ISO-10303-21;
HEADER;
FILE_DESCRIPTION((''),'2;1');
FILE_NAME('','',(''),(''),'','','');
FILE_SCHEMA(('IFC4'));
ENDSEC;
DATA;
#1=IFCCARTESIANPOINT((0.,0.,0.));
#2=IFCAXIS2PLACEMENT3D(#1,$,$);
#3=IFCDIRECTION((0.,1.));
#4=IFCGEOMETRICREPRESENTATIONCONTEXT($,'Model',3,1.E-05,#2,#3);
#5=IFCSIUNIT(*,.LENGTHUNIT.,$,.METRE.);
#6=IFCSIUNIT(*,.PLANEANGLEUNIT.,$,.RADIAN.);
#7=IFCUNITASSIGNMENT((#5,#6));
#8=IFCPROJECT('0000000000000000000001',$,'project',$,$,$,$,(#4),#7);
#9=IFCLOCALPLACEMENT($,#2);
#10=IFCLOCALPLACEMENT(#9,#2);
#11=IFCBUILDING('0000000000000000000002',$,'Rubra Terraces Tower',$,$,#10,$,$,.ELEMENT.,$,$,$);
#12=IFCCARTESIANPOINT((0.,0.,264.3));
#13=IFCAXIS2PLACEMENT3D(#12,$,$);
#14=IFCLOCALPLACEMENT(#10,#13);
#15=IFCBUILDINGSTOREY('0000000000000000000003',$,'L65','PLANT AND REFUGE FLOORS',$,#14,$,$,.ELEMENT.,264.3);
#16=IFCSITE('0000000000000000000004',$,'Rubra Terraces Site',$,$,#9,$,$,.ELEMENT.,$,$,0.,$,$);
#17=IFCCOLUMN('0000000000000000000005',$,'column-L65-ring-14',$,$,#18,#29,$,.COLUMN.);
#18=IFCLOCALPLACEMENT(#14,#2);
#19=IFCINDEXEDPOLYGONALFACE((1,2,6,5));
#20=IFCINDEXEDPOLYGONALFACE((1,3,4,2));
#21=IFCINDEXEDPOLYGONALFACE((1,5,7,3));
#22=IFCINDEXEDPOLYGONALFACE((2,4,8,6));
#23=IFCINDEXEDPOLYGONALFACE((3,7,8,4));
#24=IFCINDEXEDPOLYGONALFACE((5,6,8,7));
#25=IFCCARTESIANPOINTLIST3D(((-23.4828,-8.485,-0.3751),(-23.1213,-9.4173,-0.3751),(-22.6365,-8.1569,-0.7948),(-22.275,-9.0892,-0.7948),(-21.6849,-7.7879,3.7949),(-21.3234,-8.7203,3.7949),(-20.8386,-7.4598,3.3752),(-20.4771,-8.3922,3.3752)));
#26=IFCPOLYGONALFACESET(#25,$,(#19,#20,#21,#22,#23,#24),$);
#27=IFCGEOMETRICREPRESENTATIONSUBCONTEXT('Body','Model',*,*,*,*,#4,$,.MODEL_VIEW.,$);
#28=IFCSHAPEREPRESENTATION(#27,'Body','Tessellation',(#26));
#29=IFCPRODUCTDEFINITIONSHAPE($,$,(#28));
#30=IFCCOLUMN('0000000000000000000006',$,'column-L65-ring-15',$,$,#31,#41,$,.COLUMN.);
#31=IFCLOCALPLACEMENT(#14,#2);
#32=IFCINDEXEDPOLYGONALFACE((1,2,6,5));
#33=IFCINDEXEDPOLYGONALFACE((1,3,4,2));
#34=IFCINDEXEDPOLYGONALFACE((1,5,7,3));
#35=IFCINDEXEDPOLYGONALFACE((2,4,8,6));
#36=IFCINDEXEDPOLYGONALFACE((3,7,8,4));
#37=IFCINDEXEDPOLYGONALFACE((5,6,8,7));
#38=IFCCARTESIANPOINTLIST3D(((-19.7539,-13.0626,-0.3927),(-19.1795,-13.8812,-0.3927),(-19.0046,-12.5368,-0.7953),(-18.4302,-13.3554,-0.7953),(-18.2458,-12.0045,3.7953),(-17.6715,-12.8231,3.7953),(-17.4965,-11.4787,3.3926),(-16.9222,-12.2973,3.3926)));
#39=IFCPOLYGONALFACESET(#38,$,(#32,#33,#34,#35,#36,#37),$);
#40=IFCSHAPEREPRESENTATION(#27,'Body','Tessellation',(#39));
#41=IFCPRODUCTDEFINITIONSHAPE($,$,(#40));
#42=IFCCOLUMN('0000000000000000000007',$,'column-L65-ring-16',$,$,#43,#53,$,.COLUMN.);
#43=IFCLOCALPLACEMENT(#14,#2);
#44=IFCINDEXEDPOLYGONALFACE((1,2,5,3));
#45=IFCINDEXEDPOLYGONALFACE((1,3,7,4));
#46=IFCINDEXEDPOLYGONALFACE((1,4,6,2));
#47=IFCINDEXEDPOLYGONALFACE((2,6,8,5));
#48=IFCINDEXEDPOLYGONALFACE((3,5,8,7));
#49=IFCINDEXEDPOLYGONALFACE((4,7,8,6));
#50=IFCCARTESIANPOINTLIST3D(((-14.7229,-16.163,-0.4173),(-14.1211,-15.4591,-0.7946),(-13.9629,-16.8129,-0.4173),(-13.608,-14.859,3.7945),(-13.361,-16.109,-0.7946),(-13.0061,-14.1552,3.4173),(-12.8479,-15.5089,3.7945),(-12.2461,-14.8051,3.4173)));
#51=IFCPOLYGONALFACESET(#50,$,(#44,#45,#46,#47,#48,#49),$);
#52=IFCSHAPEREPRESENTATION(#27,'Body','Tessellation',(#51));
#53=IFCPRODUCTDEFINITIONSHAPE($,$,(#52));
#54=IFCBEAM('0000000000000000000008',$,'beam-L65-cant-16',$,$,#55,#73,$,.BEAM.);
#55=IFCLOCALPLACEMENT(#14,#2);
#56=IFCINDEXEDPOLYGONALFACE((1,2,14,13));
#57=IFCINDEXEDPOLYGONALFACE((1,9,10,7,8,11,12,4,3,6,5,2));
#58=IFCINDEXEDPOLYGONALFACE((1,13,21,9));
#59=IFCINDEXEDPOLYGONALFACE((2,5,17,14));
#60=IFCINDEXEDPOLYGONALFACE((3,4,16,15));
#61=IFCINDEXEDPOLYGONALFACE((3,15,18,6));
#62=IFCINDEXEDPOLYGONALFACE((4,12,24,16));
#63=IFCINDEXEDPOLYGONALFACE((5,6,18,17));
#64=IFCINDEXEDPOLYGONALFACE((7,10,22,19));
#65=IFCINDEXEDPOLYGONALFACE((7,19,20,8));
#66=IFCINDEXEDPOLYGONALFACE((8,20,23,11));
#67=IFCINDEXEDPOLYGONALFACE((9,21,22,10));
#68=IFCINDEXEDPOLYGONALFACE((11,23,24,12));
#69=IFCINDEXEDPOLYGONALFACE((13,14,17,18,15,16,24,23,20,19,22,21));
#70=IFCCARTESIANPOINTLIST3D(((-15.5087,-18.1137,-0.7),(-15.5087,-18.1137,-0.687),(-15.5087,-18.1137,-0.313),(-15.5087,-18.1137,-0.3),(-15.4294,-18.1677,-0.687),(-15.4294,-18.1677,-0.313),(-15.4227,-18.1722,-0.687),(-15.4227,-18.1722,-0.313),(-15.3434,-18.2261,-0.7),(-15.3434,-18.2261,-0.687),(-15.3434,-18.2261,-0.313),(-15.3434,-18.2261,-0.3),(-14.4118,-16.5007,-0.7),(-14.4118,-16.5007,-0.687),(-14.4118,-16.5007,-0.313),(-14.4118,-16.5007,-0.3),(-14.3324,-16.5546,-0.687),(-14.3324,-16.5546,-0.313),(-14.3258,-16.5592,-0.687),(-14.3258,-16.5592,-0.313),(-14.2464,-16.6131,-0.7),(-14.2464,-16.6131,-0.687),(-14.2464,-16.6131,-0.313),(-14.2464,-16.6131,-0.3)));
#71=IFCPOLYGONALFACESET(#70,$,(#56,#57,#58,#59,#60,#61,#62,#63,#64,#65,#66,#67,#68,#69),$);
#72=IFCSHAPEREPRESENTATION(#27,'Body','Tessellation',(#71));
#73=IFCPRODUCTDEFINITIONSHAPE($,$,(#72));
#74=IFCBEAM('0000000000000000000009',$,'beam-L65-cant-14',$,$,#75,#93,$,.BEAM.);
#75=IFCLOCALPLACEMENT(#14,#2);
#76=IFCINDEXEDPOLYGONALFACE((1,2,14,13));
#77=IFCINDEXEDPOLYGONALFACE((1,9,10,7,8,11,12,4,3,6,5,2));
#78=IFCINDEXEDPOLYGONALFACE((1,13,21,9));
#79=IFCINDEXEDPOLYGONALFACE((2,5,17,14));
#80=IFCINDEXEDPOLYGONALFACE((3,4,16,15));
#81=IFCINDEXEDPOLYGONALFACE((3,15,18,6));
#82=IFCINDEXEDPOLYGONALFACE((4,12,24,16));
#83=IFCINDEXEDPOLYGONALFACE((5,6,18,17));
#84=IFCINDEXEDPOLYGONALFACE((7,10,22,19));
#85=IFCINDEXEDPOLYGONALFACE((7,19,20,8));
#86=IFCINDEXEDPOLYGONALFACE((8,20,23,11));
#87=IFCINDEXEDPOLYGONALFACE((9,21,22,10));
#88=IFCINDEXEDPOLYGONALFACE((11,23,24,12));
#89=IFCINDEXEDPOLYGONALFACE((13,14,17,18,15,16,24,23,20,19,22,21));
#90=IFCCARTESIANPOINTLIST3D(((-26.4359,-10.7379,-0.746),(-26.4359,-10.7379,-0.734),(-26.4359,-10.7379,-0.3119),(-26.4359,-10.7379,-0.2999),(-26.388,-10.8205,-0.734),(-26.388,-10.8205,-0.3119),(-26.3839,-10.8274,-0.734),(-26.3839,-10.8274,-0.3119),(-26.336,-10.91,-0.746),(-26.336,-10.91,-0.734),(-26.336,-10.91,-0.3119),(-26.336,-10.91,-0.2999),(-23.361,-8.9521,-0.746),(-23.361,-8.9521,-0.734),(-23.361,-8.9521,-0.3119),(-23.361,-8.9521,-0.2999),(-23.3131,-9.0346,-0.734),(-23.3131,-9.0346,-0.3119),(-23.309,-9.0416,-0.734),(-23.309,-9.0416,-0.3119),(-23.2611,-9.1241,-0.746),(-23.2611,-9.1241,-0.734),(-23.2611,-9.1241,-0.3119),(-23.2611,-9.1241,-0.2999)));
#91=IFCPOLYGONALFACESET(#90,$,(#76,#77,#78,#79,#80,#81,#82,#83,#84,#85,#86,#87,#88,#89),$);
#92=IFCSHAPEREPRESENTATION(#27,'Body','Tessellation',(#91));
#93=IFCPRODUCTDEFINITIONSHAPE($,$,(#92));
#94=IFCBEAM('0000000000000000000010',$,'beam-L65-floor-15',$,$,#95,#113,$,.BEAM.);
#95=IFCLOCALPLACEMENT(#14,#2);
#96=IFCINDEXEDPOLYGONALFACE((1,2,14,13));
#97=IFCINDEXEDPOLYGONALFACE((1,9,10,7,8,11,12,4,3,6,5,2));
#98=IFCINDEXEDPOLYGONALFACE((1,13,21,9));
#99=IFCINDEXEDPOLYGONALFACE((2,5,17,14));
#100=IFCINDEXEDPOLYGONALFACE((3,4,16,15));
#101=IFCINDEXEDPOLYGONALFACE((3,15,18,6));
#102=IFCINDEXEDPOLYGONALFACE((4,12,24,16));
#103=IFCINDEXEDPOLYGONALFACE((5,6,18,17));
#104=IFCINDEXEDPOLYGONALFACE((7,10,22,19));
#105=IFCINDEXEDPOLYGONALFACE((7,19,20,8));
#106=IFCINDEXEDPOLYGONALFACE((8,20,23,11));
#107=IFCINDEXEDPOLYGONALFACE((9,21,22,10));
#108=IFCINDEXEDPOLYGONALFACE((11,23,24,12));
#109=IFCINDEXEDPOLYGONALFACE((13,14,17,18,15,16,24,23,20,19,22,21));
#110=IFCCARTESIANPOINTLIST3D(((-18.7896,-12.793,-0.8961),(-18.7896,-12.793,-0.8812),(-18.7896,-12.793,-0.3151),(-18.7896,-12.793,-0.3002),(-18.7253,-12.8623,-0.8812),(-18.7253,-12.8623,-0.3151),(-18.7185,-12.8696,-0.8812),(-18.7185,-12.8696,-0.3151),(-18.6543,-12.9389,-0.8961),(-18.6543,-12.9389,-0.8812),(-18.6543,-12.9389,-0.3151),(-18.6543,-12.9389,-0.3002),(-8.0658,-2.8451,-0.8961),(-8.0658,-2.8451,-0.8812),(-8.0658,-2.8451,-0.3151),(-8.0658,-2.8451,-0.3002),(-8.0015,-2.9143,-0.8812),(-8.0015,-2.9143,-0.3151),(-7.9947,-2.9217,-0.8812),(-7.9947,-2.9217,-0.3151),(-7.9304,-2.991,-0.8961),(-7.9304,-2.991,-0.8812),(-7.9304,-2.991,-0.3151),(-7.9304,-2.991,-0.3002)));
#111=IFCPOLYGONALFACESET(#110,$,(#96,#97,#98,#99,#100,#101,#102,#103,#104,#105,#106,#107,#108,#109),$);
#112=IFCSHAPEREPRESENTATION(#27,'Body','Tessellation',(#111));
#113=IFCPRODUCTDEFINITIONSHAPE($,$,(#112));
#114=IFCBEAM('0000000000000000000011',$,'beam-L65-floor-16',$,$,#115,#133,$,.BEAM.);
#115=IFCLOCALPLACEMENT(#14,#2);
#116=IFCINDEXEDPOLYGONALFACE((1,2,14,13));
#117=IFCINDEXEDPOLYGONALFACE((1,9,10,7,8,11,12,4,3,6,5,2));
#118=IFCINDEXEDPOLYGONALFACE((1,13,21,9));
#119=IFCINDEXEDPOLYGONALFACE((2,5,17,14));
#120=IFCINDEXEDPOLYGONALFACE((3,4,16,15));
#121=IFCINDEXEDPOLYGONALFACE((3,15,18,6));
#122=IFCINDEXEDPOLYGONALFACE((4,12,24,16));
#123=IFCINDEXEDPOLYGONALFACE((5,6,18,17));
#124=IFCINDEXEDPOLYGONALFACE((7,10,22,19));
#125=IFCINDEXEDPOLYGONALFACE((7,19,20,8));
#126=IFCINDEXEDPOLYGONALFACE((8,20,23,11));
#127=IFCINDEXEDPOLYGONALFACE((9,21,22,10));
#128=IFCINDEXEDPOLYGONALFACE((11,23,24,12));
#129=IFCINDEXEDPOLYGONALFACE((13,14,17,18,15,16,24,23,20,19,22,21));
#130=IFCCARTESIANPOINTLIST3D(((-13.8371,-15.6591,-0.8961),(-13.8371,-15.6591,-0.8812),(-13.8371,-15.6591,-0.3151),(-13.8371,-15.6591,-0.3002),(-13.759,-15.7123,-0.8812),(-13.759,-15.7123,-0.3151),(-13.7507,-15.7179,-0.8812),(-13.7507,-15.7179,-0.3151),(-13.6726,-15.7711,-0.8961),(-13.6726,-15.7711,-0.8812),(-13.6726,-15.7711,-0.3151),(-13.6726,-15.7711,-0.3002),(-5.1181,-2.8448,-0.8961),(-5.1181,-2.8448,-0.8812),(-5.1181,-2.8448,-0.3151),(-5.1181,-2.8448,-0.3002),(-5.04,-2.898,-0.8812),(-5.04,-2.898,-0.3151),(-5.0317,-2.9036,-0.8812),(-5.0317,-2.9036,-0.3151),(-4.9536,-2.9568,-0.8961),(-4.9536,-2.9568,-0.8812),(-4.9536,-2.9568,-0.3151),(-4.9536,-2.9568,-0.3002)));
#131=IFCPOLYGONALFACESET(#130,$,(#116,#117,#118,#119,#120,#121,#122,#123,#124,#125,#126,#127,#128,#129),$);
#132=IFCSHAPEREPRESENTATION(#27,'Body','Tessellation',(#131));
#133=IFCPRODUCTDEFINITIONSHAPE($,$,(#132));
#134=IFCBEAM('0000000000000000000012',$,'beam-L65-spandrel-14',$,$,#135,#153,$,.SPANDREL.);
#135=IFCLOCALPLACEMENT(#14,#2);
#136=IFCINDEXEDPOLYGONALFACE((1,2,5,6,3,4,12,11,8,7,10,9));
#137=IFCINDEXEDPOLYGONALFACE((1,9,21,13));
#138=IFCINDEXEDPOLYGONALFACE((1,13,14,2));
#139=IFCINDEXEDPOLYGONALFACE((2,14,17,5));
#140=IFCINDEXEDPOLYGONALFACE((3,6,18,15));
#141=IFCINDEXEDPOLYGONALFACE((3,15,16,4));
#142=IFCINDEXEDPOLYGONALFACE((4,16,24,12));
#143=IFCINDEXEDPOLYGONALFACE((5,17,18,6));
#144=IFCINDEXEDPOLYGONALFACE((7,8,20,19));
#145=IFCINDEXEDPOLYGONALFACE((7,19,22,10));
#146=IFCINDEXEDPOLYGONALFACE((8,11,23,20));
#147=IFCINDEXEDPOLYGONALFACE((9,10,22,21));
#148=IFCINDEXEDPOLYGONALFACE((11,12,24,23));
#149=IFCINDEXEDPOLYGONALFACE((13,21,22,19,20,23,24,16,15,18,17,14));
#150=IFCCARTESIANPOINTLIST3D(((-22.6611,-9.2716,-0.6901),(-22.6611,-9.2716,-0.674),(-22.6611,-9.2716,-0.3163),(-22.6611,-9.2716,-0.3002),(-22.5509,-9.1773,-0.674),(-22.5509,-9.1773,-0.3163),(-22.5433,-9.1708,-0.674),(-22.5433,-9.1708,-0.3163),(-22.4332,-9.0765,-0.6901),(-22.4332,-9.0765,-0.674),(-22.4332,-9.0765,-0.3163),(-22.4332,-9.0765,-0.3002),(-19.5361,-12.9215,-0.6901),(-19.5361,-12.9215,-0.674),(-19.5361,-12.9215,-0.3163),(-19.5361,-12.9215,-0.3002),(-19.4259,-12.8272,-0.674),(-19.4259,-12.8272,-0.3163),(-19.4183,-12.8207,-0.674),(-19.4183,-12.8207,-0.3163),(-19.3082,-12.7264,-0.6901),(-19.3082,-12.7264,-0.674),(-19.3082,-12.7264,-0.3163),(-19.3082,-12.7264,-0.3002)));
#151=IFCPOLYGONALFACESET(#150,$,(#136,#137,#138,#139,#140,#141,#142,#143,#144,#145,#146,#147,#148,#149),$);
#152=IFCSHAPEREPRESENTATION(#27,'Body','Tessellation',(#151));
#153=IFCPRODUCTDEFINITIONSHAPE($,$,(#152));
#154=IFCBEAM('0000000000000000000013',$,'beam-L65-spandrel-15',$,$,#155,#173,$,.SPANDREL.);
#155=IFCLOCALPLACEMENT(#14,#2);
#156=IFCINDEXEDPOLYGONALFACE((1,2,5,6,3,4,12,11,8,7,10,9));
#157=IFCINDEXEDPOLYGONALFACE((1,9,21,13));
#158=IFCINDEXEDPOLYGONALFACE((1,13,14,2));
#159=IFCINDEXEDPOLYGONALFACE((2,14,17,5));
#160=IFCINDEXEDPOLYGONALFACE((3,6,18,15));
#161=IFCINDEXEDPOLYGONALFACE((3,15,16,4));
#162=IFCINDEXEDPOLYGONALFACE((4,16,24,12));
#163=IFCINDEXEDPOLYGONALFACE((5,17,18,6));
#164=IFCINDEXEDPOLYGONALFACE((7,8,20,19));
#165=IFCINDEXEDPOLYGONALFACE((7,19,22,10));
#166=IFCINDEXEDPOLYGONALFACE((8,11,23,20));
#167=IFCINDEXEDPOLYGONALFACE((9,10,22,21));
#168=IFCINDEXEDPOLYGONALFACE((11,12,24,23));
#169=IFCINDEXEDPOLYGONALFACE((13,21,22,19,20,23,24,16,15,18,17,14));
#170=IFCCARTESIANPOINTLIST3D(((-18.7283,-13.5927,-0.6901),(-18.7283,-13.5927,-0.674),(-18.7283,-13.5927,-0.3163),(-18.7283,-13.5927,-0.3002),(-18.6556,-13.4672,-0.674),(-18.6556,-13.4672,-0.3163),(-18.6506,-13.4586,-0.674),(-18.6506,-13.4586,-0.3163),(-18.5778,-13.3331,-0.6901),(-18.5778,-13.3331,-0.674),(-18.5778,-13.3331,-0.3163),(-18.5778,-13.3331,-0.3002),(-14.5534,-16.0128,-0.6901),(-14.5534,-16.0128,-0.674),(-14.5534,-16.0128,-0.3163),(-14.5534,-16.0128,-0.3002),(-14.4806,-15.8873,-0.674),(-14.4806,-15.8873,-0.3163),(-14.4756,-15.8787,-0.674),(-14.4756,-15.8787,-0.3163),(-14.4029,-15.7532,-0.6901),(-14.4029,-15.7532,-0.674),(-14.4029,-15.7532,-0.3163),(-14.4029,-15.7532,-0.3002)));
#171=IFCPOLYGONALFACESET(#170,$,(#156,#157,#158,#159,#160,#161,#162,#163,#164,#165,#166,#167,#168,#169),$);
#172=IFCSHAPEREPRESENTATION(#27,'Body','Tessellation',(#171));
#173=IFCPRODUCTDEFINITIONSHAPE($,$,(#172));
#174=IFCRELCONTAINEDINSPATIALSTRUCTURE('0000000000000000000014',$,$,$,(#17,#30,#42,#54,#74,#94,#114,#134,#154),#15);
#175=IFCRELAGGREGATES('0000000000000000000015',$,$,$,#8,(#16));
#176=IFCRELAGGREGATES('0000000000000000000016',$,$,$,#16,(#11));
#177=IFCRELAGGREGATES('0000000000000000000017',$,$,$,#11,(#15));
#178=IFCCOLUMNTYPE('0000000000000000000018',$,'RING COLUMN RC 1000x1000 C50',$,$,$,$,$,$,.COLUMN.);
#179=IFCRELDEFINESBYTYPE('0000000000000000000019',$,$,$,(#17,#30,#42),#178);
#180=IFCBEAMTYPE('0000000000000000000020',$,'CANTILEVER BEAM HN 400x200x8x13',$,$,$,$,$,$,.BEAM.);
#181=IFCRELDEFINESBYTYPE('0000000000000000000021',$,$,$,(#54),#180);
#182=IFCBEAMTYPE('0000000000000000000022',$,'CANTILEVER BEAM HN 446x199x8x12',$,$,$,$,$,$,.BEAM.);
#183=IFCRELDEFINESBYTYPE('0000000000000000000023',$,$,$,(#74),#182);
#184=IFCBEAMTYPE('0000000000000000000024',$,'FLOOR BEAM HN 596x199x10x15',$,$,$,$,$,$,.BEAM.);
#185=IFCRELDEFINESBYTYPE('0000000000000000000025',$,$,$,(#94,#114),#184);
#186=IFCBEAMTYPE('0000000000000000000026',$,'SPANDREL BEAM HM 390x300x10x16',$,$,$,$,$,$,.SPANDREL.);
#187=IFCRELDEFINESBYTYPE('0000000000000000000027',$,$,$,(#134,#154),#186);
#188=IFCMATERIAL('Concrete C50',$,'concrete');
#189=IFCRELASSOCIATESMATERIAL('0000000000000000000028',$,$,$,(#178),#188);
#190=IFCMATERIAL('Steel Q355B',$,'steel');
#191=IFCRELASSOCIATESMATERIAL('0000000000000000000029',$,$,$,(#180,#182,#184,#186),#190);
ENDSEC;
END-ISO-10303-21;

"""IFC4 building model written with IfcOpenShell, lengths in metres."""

from ifc_helpers import new_model, si_unit, direction, frame, origin, origin_2d, place, context, subcontext, project, spatial, rectangle, i_section, extrude, material, material_profile, profile_set, type_object, element, save


model = new_model("IFC4")

# Units and contexts
model_context = context("Model", 3, precision=1e-05, world=origin(), true_north=direction((0.0, 1.0)))
body_context = subcontext(model_context, "Body", "Model", "MODEL_VIEW")
ifc_project = project(units=[si_unit("LENGTHUNIT", "METRE"), si_unit("PLANEANGLEUNIT", "RADIAN")], contexts=[model_context])

# Site, building, storey
site_placement = place(None, origin())
site = spatial("IfcSite", under=ifc_project, at=site_placement, Name="Rubra Terraces Site", CompositionType="ELEMENT", RefElevation=0.0)
building_placement = place(site_placement, origin())
building = spatial("IfcBuilding", under=site, at=building_placement, Name="Rubra Terraces Tower", CompositionType="ELEMENT")
storey_placement = place(building_placement, frame((0.0, 0.0, 264.3)))
storey = spatial("IfcBuildingStorey", under=building, at=storey_placement, Name="L65", Description="PLANT AND REFUGE FLOORS", CompositionType="ELEMENT", Elevation=264.3)

# Columns
ifc_material_1 = material(Name="Concrete C50", Category="concrete")
ifc_material_profile_1 = material_profile(ifc_material_1, rectangle(XDim=1.0, YDim=1.0, at=origin_2d()), Name="RC 1000x1000")
ifc_profile_set_1 = profile_set([ifc_material_profile_1], Name="Concrete C50")
column_type = type_object("IfcColumnType", Name="RING COLUMN RC 1000x1000 C50", PredefinedType="COLUMN", material=ifc_profile_set_1)
column_1_placement = place(storey_placement, frame((-22.8789, -8.7871, -0.585), z_axis=(0.391334, 0.151719, 0.907656), x_axis=(-0.361481, 0.93238, 0.0)))
element("IfcColumn", 1, at=column_1_placement, inside=storey, type_object=column_type, Name="column-L65-ring-14", PredefinedType="COLUMN", context=body_context, shape_type="SweptSolid", body=[
    extrude(rectangle(XDim=1.0, YDim=1.0, at=origin_2d()), origin(), (0.0, 0.0, 1.0), 4.5942),
])
column_2_placement = place(storey_placement, frame((-19.092, -13.209, -0.594), z_axis=(0.329611, 0.231266, 0.915354), x_axis=(-0.57436, 0.818603, 0.0)))
element("IfcColumn", 2, at=column_2_placement, inside=storey, type_object=column_type, Name="column-L65-ring-15", PredefinedType="COLUMN", context=body_context, shape_type="SweptSolid", body=[
    extrude(rectangle(XDim=1.0, YDim=1.0, at=origin_2d()), origin(), (0.0, 0.0, 1.0), 4.5752),
])
column_3_placement = place(storey_placement, frame((-14.042, -16.136, -0.606), z_axis=(0.245164, 0.286714, 0.926116), x_axis=(-0.76003, 0.649889, 0.0)))
element("IfcColumn", 3, at=column_3_placement, inside=storey, type_object=column_type, Name="column-L65-ring-16", PredefinedType="COLUMN", context=body_context, shape_type="SweptSolid", body=[
    extrude(rectangle(XDim=1.0, YDim=1.0, at=origin_2d()), origin(), (0.0, 0.0, 1.0), 4.5479),
])

# Beams
ifc_material_2 = material(Name="Steel Q355B", Category="steel")
ifc_material_profile_2 = material_profile(ifc_material_2, i_section(OverallWidth=0.2, OverallDepth=0.3999, WebThickness=0.0081, FlangeThickness=0.0129, at=origin_2d()), Name="HN 400x200x8x13")
ifc_profile_set_2 = profile_set([ifc_material_profile_2], Name="Steel Q355B")
beam_type_1 = type_object("IfcBeamType", Name="CANTILEVER BEAM HN 400x200x8x13", PredefinedType="BEAM", material=ifc_profile_set_2)
beam_1_placement = place(storey_placement, frame((-14.3291, -16.5569, -0.5), z_axis=(-0.562331, -0.826913, 0.0), x_axis=(0.826913, -0.562331, 0.0)))
element("IfcBeam", 4, at=beam_1_placement, inside=storey, type_object=beam_type_1, Name="beam-L65-cant-16", PredefinedType="BEAM", context=body_context, shape_type="SweptSolid", body=[
    extrude(i_section(OverallWidth=0.2, OverallDepth=0.3999, WebThickness=0.0081, FlangeThickness=0.0129, at=origin_2d()), origin(), (0.0, 0.0, 1.0), 1.9507),
])
ifc_material_profile_3 = material_profile(ifc_material_2, i_section(OverallWidth=0.199, OverallDepth=0.446, WebThickness=0.0081, FlangeThickness=0.012, at=origin_2d()), Name="HN 446x199x8x12")
ifc_profile_set_3 = profile_set([ifc_material_profile_3], Name="Steel Q355B")
beam_type_2 = type_object("IfcBeamType", Name="CANTILEVER BEAM HN 446x199x8x12", PredefinedType="BEAM", material=ifc_profile_set_3)
beam_2_placement = place(storey_placement, frame((-23.311, -9.0381, -0.5229), z_axis=(-0.864736, -0.502227, 0.0), x_axis=(0.502227, -0.864736, 0.0)))
element("IfcBeam", 5, at=beam_2_placement, inside=storey, type_object=beam_type_2, Name="beam-L65-cant-14", PredefinedType="BEAM", context=body_context, shape_type="SweptSolid", body=[
    extrude(i_section(OverallWidth=0.199, OverallDepth=0.446, WebThickness=0.0081, FlangeThickness=0.012, at=origin_2d()), origin(), (0.0, 0.0, 1.0), 3.5559),
])
ifc_material_profile_4 = material_profile(ifc_material_2, i_section(OverallWidth=0.199, OverallDepth=0.5959, WebThickness=0.01, FlangeThickness=0.0149, at=origin_2d()), Name="HN 596x199x10x15")
ifc_profile_set_4 = profile_set([ifc_material_profile_4], Name="Steel Q355B")
beam_type_3 = type_object("IfcBeamType", Name="FLOOR BEAM HN 596x199x10x15", PredefinedType="BEAM", material=ifc_profile_set_4)
beam_3_placement = place(storey_placement, frame((-18.7219, -12.866, -0.5981), z_axis=(0.73313, 0.680088, 0.0), x_axis=(-0.680088, 0.73313, 0.0)))
element("IfcBeam", 6, at=beam_3_placement, inside=storey, type_object=beam_type_3, Name="beam-L65-floor-15", PredefinedType="BEAM", context=body_context, shape_type="SweptSolid", body=[
    extrude(i_section(OverallWidth=0.199, OverallDepth=0.5959, WebThickness=0.01, FlangeThickness=0.0149, at=origin_2d()), origin(), (0.0, 0.0, 1.0), 14.6274),
])
beam_4_placement = place(storey_placement, frame((-13.7549, -15.7151, -0.5981), z_axis=(0.562545, 0.826767, 0.0), x_axis=(-0.826767, 0.562545, 0.0)))
element("IfcBeam", 7, at=beam_4_placement, inside=storey, type_object=beam_type_3, Name="beam-L65-floor-16", PredefinedType="BEAM", context=body_context, shape_type="SweptSolid", body=[
    extrude(i_section(OverallWidth=0.199, OverallDepth=0.5959, WebThickness=0.01, FlangeThickness=0.0149, at=origin_2d()), origin(), (0.0, 0.0, 1.0), 15.4993),
])
ifc_material_profile_5 = material_profile(ifc_material_2, i_section(OverallWidth=0.3, OverallDepth=0.3899, WebThickness=0.01, FlangeThickness=0.0161, at=origin_2d()), Name="HM 390x300x10x16")
ifc_profile_set_5 = profile_set([ifc_material_profile_5], Name="Steel Q355B")
beam_type_4 = type_object("IfcBeamType", Name="SPANDREL BEAM HM 390x300x10x16", PredefinedType="SPANDREL", material=ifc_profile_set_5)
beam_5_placement = place(storey_placement, frame((-22.5471, -9.1741, -0.4951), z_axis=(0.650373, -0.759615, 0.0), x_axis=(0.759615, 0.650373, 0.0)))
element("IfcBeam", 8, at=beam_5_placement, inside=storey, type_object=beam_type_4, Name="beam-L65-spandrel-14", PredefinedType="SPANDREL", context=body_context, shape_type="SweptSolid", body=[
    extrude(i_section(OverallWidth=0.3, OverallDepth=0.3899, WebThickness=0.01, FlangeThickness=0.0161, at=origin_2d()), origin(), (0.0, 0.0, 1.0), 4.8049),
])
beam_6_placement = place(storey_placement, frame((-18.6531, -13.4629, -0.4951), z_axis=(0.865154, -0.501507, 0.0), x_axis=(0.501507, 0.865154, 0.0)))
element("IfcBeam", 9, at=beam_6_placement, inside=storey, type_object=beam_type_4, Name="beam-L65-spandrel-15", PredefinedType="SPANDREL", context=body_context, shape_type="SweptSolid", body=[
    extrude(i_section(OverallWidth=0.3, OverallDepth=0.3899, WebThickness=0.01, FlangeThickness=0.0161, at=origin_2d()), origin(), (0.0, 0.0, 1.0), 4.8257),
])

save(model, "model.ifc")
